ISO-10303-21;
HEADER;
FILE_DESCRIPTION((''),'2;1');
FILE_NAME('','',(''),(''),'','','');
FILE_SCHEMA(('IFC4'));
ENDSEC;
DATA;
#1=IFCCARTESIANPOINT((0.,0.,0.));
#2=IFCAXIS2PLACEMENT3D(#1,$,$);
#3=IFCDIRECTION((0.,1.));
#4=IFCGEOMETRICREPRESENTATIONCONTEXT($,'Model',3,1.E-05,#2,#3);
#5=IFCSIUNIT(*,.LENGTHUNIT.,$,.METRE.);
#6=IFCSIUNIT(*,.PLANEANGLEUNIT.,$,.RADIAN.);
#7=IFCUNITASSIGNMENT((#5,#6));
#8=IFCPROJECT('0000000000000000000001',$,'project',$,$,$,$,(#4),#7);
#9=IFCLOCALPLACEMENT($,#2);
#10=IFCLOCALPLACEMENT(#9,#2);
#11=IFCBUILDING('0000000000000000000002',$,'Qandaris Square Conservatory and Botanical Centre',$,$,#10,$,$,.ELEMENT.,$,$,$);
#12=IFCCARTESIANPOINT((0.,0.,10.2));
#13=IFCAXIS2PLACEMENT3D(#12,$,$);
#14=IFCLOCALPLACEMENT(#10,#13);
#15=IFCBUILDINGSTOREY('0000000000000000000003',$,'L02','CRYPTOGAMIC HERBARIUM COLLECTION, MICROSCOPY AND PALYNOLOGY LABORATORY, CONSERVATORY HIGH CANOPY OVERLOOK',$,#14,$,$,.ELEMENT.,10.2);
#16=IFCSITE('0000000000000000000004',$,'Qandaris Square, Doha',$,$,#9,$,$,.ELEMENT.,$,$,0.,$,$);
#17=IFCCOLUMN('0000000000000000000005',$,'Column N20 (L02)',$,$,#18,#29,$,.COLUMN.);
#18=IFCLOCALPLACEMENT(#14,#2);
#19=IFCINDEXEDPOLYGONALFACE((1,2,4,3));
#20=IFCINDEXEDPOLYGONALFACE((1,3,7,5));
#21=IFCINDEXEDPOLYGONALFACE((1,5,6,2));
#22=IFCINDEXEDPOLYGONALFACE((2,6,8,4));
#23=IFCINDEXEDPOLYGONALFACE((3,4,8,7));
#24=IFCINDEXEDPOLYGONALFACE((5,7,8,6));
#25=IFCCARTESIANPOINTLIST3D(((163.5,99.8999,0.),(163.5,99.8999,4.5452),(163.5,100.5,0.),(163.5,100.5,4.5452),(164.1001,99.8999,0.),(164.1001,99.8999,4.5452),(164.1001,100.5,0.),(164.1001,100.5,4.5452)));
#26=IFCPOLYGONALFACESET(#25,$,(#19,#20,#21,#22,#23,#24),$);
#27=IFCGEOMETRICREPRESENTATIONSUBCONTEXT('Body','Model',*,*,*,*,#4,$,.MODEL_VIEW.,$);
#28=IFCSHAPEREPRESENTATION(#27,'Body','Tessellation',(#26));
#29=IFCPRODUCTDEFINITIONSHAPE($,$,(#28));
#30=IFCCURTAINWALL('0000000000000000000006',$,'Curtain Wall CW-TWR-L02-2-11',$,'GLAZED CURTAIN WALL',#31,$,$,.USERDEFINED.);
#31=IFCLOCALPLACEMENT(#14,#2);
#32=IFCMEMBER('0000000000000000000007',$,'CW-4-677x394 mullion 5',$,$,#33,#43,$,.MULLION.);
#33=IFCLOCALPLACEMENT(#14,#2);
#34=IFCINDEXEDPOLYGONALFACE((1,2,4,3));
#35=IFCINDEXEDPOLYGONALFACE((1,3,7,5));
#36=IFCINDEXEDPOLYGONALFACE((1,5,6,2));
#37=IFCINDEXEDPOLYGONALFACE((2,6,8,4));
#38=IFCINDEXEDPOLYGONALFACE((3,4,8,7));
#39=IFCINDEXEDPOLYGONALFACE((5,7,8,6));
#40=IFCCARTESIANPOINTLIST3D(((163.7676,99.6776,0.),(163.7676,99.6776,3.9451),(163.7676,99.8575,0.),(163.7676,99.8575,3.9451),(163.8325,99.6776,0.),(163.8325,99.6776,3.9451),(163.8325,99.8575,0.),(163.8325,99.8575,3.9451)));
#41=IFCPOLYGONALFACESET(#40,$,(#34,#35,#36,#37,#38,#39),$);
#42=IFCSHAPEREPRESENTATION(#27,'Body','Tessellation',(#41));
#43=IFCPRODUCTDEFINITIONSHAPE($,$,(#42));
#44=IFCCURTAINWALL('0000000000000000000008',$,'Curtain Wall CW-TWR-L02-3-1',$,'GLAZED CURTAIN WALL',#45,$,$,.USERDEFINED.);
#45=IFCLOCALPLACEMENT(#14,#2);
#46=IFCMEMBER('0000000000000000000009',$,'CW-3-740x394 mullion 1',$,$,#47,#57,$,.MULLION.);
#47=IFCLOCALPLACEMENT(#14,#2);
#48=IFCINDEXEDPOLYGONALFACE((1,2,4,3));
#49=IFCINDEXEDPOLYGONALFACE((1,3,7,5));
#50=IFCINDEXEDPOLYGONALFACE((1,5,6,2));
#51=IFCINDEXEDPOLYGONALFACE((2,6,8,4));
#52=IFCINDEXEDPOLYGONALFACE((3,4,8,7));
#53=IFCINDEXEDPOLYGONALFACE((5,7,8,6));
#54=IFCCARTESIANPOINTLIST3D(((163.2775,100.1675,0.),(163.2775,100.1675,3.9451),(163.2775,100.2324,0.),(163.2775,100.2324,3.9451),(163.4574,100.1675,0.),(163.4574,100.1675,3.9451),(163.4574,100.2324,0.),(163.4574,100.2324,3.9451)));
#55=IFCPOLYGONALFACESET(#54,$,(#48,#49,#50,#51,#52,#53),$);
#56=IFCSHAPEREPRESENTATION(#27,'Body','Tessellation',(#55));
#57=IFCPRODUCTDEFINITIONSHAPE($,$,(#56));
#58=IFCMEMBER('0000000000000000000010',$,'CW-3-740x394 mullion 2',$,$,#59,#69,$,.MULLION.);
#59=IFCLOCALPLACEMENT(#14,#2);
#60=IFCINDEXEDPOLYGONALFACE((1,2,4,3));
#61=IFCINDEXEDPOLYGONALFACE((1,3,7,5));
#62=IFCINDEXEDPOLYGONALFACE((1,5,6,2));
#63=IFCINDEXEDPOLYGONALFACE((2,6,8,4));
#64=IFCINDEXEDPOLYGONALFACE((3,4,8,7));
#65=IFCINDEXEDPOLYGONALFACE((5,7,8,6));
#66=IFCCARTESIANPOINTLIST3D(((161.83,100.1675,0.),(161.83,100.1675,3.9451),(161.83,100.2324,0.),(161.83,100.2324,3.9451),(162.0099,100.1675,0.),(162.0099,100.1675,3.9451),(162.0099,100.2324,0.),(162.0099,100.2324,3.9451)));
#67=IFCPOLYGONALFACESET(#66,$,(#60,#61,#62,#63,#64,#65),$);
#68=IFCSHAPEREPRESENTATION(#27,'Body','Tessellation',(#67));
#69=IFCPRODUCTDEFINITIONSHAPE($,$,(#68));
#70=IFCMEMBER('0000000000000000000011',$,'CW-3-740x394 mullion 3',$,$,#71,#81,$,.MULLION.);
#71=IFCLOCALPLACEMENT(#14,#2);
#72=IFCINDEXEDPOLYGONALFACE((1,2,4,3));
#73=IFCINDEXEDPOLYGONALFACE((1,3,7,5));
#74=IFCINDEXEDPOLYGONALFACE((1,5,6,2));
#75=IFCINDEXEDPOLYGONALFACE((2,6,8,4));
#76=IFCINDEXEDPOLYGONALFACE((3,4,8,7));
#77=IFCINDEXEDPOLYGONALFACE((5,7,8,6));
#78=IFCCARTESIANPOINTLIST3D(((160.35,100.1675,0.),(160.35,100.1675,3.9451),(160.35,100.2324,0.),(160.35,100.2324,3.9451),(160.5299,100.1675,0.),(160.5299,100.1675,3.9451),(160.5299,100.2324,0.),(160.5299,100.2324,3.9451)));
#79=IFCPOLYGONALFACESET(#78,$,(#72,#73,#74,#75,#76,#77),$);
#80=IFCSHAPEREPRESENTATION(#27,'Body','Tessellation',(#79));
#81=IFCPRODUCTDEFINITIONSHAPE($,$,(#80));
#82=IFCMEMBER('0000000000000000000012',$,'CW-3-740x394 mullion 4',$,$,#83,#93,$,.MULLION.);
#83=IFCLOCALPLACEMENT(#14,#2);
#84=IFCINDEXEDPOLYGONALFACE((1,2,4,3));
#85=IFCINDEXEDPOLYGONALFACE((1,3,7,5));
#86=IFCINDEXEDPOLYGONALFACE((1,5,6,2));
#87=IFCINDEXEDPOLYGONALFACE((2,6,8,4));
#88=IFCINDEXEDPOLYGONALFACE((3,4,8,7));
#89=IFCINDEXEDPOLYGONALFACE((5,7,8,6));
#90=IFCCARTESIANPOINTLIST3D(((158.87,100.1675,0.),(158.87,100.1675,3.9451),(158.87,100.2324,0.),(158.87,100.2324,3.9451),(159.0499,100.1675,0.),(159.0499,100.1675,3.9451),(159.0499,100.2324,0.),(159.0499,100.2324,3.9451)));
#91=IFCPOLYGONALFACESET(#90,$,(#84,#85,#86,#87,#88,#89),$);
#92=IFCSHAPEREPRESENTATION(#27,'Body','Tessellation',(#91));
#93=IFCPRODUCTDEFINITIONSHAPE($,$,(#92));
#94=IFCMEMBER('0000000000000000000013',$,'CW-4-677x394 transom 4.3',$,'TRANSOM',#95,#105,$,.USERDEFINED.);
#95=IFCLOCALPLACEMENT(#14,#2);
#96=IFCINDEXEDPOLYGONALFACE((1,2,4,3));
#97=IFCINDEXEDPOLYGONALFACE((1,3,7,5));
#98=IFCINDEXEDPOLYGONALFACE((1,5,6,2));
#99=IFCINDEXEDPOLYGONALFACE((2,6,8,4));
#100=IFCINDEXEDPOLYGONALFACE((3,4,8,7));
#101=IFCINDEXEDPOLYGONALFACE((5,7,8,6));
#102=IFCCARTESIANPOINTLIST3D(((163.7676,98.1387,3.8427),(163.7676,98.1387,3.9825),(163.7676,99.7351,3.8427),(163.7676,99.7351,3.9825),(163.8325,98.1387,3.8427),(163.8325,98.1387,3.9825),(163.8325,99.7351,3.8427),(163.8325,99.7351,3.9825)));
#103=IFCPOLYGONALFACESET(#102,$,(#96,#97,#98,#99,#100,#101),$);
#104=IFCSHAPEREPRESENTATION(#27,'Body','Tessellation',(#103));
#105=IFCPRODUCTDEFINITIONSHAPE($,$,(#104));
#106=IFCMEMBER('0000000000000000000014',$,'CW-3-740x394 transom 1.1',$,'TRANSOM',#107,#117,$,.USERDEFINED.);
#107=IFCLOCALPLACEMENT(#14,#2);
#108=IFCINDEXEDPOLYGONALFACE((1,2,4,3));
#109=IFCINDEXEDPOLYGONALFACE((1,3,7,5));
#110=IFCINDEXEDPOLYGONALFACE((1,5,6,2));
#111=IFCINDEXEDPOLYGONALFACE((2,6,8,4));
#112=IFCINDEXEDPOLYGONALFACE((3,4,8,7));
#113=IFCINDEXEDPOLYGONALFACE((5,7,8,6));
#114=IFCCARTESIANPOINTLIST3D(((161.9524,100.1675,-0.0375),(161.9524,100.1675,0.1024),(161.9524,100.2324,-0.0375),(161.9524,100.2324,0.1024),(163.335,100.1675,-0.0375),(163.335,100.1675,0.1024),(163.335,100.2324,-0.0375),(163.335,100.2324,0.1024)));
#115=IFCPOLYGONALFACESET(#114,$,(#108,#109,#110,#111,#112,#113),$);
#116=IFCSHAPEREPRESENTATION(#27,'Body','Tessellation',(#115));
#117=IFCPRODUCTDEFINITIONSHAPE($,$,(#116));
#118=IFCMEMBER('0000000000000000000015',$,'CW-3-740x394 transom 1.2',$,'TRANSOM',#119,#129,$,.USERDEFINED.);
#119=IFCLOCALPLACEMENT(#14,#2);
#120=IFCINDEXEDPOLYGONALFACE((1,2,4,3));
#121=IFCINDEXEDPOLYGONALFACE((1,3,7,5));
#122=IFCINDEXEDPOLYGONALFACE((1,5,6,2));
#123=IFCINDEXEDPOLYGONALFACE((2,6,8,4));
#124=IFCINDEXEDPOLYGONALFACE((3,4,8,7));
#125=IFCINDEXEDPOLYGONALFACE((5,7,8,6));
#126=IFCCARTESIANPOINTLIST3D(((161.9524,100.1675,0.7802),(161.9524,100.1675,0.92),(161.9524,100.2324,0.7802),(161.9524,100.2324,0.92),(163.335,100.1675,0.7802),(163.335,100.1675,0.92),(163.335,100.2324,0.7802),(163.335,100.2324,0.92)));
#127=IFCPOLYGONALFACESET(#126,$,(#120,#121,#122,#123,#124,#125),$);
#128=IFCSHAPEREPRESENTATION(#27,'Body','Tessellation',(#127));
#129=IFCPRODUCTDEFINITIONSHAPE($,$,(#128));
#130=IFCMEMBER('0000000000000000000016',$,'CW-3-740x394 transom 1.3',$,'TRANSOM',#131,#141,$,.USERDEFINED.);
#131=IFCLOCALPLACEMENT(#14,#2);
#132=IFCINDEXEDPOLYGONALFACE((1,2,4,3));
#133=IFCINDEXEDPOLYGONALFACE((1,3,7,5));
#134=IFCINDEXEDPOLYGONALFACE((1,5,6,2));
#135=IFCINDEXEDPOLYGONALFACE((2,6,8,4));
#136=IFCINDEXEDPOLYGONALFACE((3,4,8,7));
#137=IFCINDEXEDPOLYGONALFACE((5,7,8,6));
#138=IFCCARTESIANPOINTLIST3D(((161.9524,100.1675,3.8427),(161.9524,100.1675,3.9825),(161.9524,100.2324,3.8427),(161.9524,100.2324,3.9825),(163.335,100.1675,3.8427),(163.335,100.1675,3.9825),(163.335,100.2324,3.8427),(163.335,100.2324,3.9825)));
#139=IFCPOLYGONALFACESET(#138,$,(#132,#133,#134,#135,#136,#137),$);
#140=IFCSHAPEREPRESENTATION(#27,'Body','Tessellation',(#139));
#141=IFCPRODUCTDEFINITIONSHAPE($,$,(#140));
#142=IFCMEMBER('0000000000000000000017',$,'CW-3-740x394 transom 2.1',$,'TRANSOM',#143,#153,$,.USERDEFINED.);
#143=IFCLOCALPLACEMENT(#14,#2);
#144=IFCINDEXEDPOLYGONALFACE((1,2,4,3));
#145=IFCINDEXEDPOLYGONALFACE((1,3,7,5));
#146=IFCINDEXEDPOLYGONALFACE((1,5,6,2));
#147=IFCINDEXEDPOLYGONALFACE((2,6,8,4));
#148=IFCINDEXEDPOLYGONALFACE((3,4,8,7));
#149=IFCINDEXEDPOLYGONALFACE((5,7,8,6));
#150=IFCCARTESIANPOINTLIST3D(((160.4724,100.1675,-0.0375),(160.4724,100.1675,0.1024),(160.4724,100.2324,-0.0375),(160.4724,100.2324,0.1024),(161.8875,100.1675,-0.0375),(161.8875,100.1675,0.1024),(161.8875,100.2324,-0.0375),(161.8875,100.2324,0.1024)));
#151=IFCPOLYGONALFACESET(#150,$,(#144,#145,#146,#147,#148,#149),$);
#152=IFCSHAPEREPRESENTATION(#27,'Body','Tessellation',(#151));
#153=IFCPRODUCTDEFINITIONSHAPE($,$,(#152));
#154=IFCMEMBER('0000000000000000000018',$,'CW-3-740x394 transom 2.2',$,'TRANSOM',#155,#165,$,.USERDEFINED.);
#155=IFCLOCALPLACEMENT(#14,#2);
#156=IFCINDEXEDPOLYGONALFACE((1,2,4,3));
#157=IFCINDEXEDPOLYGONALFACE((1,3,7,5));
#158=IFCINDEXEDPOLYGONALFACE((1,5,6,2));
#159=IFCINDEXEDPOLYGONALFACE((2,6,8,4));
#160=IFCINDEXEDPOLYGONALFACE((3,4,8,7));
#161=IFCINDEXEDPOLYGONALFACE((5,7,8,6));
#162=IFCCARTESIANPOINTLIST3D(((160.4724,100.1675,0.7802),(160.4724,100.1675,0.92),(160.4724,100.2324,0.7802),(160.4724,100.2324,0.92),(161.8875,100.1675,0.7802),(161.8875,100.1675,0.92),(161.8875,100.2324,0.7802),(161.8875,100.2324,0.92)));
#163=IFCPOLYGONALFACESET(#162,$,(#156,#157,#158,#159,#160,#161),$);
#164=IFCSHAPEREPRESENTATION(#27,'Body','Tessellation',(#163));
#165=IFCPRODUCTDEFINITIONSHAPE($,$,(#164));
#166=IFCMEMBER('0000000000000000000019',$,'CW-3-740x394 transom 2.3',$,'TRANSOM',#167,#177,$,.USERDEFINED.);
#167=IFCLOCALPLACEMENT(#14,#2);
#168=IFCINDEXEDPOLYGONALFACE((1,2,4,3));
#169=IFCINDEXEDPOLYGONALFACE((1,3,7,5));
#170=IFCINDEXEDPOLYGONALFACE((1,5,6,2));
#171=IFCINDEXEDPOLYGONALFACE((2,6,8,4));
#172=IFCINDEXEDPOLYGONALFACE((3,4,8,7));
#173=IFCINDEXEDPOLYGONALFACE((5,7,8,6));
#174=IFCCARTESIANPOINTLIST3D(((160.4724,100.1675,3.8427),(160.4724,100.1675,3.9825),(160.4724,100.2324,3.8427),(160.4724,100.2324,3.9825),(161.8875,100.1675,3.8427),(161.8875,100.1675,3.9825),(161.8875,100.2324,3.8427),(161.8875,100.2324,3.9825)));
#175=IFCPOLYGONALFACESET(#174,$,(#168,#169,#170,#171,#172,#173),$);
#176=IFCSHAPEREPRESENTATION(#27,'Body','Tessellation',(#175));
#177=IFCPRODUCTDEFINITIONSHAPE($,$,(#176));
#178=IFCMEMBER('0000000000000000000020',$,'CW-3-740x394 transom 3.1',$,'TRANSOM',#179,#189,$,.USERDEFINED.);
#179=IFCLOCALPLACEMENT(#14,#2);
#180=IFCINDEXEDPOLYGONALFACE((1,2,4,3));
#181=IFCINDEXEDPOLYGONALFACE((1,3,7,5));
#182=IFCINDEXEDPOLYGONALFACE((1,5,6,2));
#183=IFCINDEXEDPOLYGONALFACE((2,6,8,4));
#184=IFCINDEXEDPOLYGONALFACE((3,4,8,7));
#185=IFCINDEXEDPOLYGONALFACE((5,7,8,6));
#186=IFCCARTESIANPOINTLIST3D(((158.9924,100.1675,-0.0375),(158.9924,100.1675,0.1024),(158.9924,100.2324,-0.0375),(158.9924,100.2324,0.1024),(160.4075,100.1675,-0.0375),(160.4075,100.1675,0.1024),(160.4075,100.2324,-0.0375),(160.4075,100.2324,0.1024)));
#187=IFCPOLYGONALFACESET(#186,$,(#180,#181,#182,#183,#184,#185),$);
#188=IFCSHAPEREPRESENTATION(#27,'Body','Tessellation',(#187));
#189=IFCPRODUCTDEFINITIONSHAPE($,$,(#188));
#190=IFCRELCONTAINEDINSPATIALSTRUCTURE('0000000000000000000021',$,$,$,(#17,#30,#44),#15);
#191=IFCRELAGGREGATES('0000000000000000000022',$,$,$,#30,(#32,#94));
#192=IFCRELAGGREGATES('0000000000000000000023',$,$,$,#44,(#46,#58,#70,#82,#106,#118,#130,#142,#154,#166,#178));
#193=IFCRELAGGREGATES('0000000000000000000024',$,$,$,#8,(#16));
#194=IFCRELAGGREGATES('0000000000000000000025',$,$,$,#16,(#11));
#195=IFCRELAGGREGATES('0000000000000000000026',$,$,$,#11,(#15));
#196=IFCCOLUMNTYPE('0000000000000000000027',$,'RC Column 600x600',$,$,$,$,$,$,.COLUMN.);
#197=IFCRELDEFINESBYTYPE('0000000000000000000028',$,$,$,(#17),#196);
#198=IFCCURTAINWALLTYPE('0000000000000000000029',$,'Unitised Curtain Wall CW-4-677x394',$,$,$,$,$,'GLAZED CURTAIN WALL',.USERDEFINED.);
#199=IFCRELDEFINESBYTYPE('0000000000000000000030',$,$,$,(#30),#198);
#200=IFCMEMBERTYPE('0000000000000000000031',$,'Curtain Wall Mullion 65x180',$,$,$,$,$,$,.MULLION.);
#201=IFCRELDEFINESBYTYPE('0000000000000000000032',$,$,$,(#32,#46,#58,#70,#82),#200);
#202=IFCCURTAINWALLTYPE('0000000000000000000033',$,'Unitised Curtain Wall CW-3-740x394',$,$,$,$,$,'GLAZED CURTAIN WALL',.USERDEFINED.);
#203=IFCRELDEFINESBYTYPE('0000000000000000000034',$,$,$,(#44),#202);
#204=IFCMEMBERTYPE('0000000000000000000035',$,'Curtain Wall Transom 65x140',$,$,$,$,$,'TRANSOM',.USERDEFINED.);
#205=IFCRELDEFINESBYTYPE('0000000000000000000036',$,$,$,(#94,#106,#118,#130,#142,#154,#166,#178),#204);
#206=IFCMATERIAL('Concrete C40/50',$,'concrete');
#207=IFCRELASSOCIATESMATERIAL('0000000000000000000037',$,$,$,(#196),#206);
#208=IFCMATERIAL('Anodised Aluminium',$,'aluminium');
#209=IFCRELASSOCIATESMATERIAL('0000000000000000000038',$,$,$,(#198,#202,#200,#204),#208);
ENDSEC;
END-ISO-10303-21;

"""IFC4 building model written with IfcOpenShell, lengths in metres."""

from ifc_helpers import new_model, si_unit, direction, frame, origin, origin_2d, place, context, subcontext, project, spatial, rectangle, extrude, material, material_profile, profile_set, type_object, element, aggregate, save


model = new_model("IFC4")

# Units and contexts
model_context = context("Model", 3, precision=1e-05, world=origin(), true_north=direction((0.0, 1.0)))
body_context = subcontext(model_context, "Body", "Model", "MODEL_VIEW")
ifc_project = project(units=[si_unit("LENGTHUNIT", "METRE"), si_unit("PLANEANGLEUNIT", "RADIAN")], contexts=[model_context])

# Site, building, storey
site_placement = place(None, origin())
site = spatial("IfcSite", under=ifc_project, at=site_placement, Name="Qandaris Square, Doha", CompositionType="ELEMENT", RefElevation=0.0)
building_placement = place(site_placement, origin())
building = spatial("IfcBuilding", under=site, at=building_placement, Name="Qandaris Square Conservatory and Botanical Centre", CompositionType="ELEMENT")
storey_placement = place(building_placement, frame((0.0, 0.0, 10.2)))
storey = spatial("IfcBuildingStorey", under=building, at=storey_placement, Name="L02", Description="CRYPTOGAMIC HERBARIUM COLLECTION, MICROSCOPY AND PALYNOLOGY LABORATORY, CONSERVATORY HIGH CANOPY OVERLOOK", CompositionType="ELEMENT", Elevation=10.2)

# Column
ifc_material_1 = material(Name="Concrete C40/50", Category="concrete")
ifc_material_profile_1 = material_profile(ifc_material_1, rectangle(XDim=0.6001, YDim=0.6001, at=origin_2d()), Name="RC-COL 600x600")
ifc_profile_set_1 = profile_set([ifc_material_profile_1], Name="Concrete C40/50")
column_type = type_object("IfcColumnType", Name="RC Column 600x600", PredefinedType="COLUMN", material=ifc_profile_set_1)
column_placement = place(storey_placement, frame((163.8, 100.2, 0.0), z_axis=(0.0, 0.0, 1.0), x_axis=(1.0, 0.0, 0.0)))
element("IfcColumn", 1, at=column_placement, inside=storey, type_object=column_type, Name="Column N20 (L02)", PredefinedType="COLUMN", context=body_context, shape_type="SweptSolid", body=[
    extrude(rectangle(XDim=0.6001, YDim=0.6001, at=origin_2d()), origin(), (0.0, 0.0, 1.0), 4.5452),
])

# Curtain wall, member
ifc_material_2 = material(Name="Anodised Aluminium", Category="aluminium")
curtain_wall_type_1 = type_object("IfcCurtainWallType", Name="Unitised Curtain Wall CW-4-677x394", ElementType="GLAZED CURTAIN WALL", PredefinedType="USERDEFINED", material=ifc_material_2)
curtain_wall_1_placement = place(storey_placement, origin())
curtain_wall_1 = element("IfcCurtainWall", 2, at=curtain_wall_1_placement, inside=storey, type_object=curtain_wall_type_1, Name="Curtain Wall CW-TWR-L02-2-11", ObjectType="GLAZED CURTAIN WALL", PredefinedType="USERDEFINED")
ifc_material_profile_2 = material_profile(ifc_material_2, rectangle(XDim=0.0649, YDim=0.1799, at=origin_2d()), Name="ALU-MUL 65x180")
ifc_profile_set_2 = profile_set([ifc_material_profile_2], Name="Anodised Aluminium")
member_type_1 = type_object("IfcMemberType", Name="Curtain Wall Mullion 65x180", PredefinedType="MULLION", material=ifc_profile_set_2)
member_1_placement = place(storey_placement, frame((163.8, 99.7676, 0.0), z_axis=(0.0, 0.0, 1.0), x_axis=(-1.0, 0.0, 0.0)))
member_1 = element("IfcMember", 3, at=member_1_placement, type_object=member_type_1, Name="CW-4-677x394 mullion 5", PredefinedType="MULLION", context=body_context, shape_type="SweptSolid", body=[
    extrude(rectangle(XDim=0.0649, YDim=0.1799, at=origin_2d()), origin(), (0.0, 0.0, 1.0), 3.9451),
])

# Curtain wall, members
curtain_wall_type_2 = type_object("IfcCurtainWallType", Name="Unitised Curtain Wall CW-3-740x394", ElementType="GLAZED CURTAIN WALL", PredefinedType="USERDEFINED", material=ifc_material_2)
curtain_wall_2_placement = place(storey_placement, origin())
curtain_wall_2 = element("IfcCurtainWall", 4, at=curtain_wall_2_placement, inside=storey, type_object=curtain_wall_type_2, Name="Curtain Wall CW-TWR-L02-3-1", ObjectType="GLAZED CURTAIN WALL", PredefinedType="USERDEFINED")
member_2_placement = place(storey_placement, frame((163.3674, 100.2, 0.0), z_axis=(0.0, 0.0, 1.0), x_axis=(0.0, -1.0, 0.0)))
member_2 = element("IfcMember", 5, at=member_2_placement, type_object=member_type_1, Name="CW-3-740x394 mullion 1", PredefinedType="MULLION", context=body_context, shape_type="SweptSolid", body=[
    extrude(rectangle(XDim=0.0649, YDim=0.1799, at=origin_2d()), origin(), (0.0, 0.0, 1.0), 3.9451),
])
member_3_placement = place(storey_placement, frame((161.9199, 100.2, 0.0), z_axis=(0.0, 0.0, 1.0), x_axis=(0.0, -1.0, 0.0)))
member_3 = element("IfcMember", 6, at=member_3_placement, type_object=member_type_1, Name="CW-3-740x394 mullion 2", PredefinedType="MULLION", context=body_context, shape_type="SweptSolid", body=[
    extrude(rectangle(XDim=0.0649, YDim=0.1799, at=origin_2d()), origin(), (0.0, 0.0, 1.0), 3.9451),
])
member_4_placement = place(storey_placement, frame((160.4399, 100.2, 0.0), z_axis=(0.0, 0.0, 1.0), x_axis=(0.0, -1.0, 0.0)))
member_4 = element("IfcMember", 7, at=member_4_placement, type_object=member_type_1, Name="CW-3-740x394 mullion 3", PredefinedType="MULLION", context=body_context, shape_type="SweptSolid", body=[
    extrude(rectangle(XDim=0.0649, YDim=0.1799, at=origin_2d()), origin(), (0.0, 0.0, 1.0), 3.9451),
])
member_5_placement = place(storey_placement, frame((158.96, 100.2, 0.0), z_axis=(0.0, 0.0, 1.0), x_axis=(0.0, -1.0, 0.0)))
member_5 = element("IfcMember", 8, at=member_5_placement, type_object=member_type_1, Name="CW-3-740x394 mullion 4", PredefinedType="MULLION", context=body_context, shape_type="SweptSolid", body=[
    extrude(rectangle(XDim=0.0649, YDim=0.1799, at=origin_2d()), origin(), (0.0, 0.0, 1.0), 3.9451),
])

# Members
ifc_material_profile_3 = material_profile(ifc_material_2, rectangle(XDim=0.0649, YDim=0.1399, at=origin_2d()), Name="ALU-TRN 65x140")
ifc_profile_set_3 = profile_set([ifc_material_profile_3], Name="Anodised Aluminium")
member_type_2 = type_object("IfcMemberType", Name="Curtain Wall Transom 65x140", ElementType="TRANSOM", PredefinedType="USERDEFINED", material=ifc_profile_set_3)
member_6_placement = place(storey_placement, frame((163.8, 98.1387, 3.9126), z_axis=(0.0, 1.0, 0.0), x_axis=(-1.0, 0.0, 0.0)))
member_6 = element("IfcMember", 9, at=member_6_placement, type_object=member_type_2, Name="CW-4-677x394 transom 4.3", ObjectType="TRANSOM", PredefinedType="USERDEFINED", context=body_context, shape_type="SweptSolid", body=[
    extrude(rectangle(XDim=0.0649, YDim=0.1399, at=origin_2d()), origin(), (0.0, 0.0, 1.0), 1.5964),
])
member_7_placement = place(storey_placement, frame((163.335, 100.2, 0.0325), z_axis=(-1.0, 0.0, 0.0), x_axis=(0.0, -1.0, 0.0)))
member_7 = element("IfcMember", 10, at=member_7_placement, type_object=member_type_2, Name="CW-3-740x394 transom 1.1", ObjectType="TRANSOM", PredefinedType="USERDEFINED", context=body_context, shape_type="SweptSolid", body=[
    extrude(rectangle(XDim=0.0649, YDim=0.1399, at=origin_2d()), origin(), (0.0, 0.0, 1.0), 1.3826),
])
member_8_placement = place(storey_placement, frame((163.335, 100.2, 0.8501), z_axis=(-1.0, 0.0, 0.0), x_axis=(0.0, -1.0, 0.0)))
member_8 = element("IfcMember", 11, at=member_8_placement, type_object=member_type_2, Name="CW-3-740x394 transom 1.2", ObjectType="TRANSOM", PredefinedType="USERDEFINED", context=body_context, shape_type="SweptSolid", body=[
    extrude(rectangle(XDim=0.0649, YDim=0.1399, at=origin_2d()), origin(), (0.0, 0.0, 1.0), 1.3826),
])
member_9_placement = place(storey_placement, frame((163.335, 100.2, 3.9126), z_axis=(-1.0, 0.0, 0.0), x_axis=(0.0, -1.0, 0.0)))
member_9 = element("IfcMember", 12, at=member_9_placement, type_object=member_type_2, Name="CW-3-740x394 transom 1.3", ObjectType="TRANSOM", PredefinedType="USERDEFINED", context=body_context, shape_type="SweptSolid", body=[
    extrude(rectangle(XDim=0.0649, YDim=0.1399, at=origin_2d()), origin(), (0.0, 0.0, 1.0), 1.3826),
])
member_10_placement = place(storey_placement, frame((161.8875, 100.2, 0.0325), z_axis=(-1.0, 0.0, 0.0), x_axis=(0.0, -1.0, 0.0)))
member_10 = element("IfcMember", 13, at=member_10_placement, type_object=member_type_2, Name="CW-3-740x394 transom 2.1", ObjectType="TRANSOM", PredefinedType="USERDEFINED", context=body_context, shape_type="SweptSolid", body=[
    extrude(rectangle(XDim=0.0649, YDim=0.1399, at=origin_2d()), origin(), (0.0, 0.0, 1.0), 1.415),
])
member_11_placement = place(storey_placement, frame((161.8875, 100.2, 0.8501), z_axis=(-1.0, 0.0, 0.0), x_axis=(0.0, -1.0, 0.0)))
member_11 = element("IfcMember", 14, at=member_11_placement, type_object=member_type_2, Name="CW-3-740x394 transom 2.2", ObjectType="TRANSOM", PredefinedType="USERDEFINED", context=body_context, shape_type="SweptSolid", body=[
    extrude(rectangle(XDim=0.0649, YDim=0.1399, at=origin_2d()), origin(), (0.0, 0.0, 1.0), 1.415),
])
member_12_placement = place(storey_placement, frame((161.8875, 100.2, 3.9126), z_axis=(-1.0, 0.0, 0.0), x_axis=(0.0, -1.0, 0.0)))
member_12 = element("IfcMember", 15, at=member_12_placement, type_object=member_type_2, Name="CW-3-740x394 transom 2.3", ObjectType="TRANSOM", PredefinedType="USERDEFINED", context=body_context, shape_type="SweptSolid", body=[
    extrude(rectangle(XDim=0.0649, YDim=0.1399, at=origin_2d()), origin(), (0.0, 0.0, 1.0), 1.415),
])
member_13_placement = place(storey_placement, frame((160.4075, 100.2, 0.0325), z_axis=(-1.0, 0.0, 0.0), x_axis=(0.0, -1.0, 0.0)))
member_13 = element("IfcMember", 16, at=member_13_placement, type_object=member_type_2, Name="CW-3-740x394 transom 3.1", ObjectType="TRANSOM", PredefinedType="USERDEFINED", context=body_context, shape_type="SweptSolid", body=[
    extrude(rectangle(XDim=0.0649, YDim=0.1399, at=origin_2d()), origin(), (0.0, 0.0, 1.0), 1.415),
])

aggregate(curtain_wall_1, [member_1, member_6])
aggregate(curtain_wall_2, [member_2, member_3, member_4, member_5, member_7, member_8, member_9, member_10, member_11, member_12, member_13])

save(model, "model.ifc")
